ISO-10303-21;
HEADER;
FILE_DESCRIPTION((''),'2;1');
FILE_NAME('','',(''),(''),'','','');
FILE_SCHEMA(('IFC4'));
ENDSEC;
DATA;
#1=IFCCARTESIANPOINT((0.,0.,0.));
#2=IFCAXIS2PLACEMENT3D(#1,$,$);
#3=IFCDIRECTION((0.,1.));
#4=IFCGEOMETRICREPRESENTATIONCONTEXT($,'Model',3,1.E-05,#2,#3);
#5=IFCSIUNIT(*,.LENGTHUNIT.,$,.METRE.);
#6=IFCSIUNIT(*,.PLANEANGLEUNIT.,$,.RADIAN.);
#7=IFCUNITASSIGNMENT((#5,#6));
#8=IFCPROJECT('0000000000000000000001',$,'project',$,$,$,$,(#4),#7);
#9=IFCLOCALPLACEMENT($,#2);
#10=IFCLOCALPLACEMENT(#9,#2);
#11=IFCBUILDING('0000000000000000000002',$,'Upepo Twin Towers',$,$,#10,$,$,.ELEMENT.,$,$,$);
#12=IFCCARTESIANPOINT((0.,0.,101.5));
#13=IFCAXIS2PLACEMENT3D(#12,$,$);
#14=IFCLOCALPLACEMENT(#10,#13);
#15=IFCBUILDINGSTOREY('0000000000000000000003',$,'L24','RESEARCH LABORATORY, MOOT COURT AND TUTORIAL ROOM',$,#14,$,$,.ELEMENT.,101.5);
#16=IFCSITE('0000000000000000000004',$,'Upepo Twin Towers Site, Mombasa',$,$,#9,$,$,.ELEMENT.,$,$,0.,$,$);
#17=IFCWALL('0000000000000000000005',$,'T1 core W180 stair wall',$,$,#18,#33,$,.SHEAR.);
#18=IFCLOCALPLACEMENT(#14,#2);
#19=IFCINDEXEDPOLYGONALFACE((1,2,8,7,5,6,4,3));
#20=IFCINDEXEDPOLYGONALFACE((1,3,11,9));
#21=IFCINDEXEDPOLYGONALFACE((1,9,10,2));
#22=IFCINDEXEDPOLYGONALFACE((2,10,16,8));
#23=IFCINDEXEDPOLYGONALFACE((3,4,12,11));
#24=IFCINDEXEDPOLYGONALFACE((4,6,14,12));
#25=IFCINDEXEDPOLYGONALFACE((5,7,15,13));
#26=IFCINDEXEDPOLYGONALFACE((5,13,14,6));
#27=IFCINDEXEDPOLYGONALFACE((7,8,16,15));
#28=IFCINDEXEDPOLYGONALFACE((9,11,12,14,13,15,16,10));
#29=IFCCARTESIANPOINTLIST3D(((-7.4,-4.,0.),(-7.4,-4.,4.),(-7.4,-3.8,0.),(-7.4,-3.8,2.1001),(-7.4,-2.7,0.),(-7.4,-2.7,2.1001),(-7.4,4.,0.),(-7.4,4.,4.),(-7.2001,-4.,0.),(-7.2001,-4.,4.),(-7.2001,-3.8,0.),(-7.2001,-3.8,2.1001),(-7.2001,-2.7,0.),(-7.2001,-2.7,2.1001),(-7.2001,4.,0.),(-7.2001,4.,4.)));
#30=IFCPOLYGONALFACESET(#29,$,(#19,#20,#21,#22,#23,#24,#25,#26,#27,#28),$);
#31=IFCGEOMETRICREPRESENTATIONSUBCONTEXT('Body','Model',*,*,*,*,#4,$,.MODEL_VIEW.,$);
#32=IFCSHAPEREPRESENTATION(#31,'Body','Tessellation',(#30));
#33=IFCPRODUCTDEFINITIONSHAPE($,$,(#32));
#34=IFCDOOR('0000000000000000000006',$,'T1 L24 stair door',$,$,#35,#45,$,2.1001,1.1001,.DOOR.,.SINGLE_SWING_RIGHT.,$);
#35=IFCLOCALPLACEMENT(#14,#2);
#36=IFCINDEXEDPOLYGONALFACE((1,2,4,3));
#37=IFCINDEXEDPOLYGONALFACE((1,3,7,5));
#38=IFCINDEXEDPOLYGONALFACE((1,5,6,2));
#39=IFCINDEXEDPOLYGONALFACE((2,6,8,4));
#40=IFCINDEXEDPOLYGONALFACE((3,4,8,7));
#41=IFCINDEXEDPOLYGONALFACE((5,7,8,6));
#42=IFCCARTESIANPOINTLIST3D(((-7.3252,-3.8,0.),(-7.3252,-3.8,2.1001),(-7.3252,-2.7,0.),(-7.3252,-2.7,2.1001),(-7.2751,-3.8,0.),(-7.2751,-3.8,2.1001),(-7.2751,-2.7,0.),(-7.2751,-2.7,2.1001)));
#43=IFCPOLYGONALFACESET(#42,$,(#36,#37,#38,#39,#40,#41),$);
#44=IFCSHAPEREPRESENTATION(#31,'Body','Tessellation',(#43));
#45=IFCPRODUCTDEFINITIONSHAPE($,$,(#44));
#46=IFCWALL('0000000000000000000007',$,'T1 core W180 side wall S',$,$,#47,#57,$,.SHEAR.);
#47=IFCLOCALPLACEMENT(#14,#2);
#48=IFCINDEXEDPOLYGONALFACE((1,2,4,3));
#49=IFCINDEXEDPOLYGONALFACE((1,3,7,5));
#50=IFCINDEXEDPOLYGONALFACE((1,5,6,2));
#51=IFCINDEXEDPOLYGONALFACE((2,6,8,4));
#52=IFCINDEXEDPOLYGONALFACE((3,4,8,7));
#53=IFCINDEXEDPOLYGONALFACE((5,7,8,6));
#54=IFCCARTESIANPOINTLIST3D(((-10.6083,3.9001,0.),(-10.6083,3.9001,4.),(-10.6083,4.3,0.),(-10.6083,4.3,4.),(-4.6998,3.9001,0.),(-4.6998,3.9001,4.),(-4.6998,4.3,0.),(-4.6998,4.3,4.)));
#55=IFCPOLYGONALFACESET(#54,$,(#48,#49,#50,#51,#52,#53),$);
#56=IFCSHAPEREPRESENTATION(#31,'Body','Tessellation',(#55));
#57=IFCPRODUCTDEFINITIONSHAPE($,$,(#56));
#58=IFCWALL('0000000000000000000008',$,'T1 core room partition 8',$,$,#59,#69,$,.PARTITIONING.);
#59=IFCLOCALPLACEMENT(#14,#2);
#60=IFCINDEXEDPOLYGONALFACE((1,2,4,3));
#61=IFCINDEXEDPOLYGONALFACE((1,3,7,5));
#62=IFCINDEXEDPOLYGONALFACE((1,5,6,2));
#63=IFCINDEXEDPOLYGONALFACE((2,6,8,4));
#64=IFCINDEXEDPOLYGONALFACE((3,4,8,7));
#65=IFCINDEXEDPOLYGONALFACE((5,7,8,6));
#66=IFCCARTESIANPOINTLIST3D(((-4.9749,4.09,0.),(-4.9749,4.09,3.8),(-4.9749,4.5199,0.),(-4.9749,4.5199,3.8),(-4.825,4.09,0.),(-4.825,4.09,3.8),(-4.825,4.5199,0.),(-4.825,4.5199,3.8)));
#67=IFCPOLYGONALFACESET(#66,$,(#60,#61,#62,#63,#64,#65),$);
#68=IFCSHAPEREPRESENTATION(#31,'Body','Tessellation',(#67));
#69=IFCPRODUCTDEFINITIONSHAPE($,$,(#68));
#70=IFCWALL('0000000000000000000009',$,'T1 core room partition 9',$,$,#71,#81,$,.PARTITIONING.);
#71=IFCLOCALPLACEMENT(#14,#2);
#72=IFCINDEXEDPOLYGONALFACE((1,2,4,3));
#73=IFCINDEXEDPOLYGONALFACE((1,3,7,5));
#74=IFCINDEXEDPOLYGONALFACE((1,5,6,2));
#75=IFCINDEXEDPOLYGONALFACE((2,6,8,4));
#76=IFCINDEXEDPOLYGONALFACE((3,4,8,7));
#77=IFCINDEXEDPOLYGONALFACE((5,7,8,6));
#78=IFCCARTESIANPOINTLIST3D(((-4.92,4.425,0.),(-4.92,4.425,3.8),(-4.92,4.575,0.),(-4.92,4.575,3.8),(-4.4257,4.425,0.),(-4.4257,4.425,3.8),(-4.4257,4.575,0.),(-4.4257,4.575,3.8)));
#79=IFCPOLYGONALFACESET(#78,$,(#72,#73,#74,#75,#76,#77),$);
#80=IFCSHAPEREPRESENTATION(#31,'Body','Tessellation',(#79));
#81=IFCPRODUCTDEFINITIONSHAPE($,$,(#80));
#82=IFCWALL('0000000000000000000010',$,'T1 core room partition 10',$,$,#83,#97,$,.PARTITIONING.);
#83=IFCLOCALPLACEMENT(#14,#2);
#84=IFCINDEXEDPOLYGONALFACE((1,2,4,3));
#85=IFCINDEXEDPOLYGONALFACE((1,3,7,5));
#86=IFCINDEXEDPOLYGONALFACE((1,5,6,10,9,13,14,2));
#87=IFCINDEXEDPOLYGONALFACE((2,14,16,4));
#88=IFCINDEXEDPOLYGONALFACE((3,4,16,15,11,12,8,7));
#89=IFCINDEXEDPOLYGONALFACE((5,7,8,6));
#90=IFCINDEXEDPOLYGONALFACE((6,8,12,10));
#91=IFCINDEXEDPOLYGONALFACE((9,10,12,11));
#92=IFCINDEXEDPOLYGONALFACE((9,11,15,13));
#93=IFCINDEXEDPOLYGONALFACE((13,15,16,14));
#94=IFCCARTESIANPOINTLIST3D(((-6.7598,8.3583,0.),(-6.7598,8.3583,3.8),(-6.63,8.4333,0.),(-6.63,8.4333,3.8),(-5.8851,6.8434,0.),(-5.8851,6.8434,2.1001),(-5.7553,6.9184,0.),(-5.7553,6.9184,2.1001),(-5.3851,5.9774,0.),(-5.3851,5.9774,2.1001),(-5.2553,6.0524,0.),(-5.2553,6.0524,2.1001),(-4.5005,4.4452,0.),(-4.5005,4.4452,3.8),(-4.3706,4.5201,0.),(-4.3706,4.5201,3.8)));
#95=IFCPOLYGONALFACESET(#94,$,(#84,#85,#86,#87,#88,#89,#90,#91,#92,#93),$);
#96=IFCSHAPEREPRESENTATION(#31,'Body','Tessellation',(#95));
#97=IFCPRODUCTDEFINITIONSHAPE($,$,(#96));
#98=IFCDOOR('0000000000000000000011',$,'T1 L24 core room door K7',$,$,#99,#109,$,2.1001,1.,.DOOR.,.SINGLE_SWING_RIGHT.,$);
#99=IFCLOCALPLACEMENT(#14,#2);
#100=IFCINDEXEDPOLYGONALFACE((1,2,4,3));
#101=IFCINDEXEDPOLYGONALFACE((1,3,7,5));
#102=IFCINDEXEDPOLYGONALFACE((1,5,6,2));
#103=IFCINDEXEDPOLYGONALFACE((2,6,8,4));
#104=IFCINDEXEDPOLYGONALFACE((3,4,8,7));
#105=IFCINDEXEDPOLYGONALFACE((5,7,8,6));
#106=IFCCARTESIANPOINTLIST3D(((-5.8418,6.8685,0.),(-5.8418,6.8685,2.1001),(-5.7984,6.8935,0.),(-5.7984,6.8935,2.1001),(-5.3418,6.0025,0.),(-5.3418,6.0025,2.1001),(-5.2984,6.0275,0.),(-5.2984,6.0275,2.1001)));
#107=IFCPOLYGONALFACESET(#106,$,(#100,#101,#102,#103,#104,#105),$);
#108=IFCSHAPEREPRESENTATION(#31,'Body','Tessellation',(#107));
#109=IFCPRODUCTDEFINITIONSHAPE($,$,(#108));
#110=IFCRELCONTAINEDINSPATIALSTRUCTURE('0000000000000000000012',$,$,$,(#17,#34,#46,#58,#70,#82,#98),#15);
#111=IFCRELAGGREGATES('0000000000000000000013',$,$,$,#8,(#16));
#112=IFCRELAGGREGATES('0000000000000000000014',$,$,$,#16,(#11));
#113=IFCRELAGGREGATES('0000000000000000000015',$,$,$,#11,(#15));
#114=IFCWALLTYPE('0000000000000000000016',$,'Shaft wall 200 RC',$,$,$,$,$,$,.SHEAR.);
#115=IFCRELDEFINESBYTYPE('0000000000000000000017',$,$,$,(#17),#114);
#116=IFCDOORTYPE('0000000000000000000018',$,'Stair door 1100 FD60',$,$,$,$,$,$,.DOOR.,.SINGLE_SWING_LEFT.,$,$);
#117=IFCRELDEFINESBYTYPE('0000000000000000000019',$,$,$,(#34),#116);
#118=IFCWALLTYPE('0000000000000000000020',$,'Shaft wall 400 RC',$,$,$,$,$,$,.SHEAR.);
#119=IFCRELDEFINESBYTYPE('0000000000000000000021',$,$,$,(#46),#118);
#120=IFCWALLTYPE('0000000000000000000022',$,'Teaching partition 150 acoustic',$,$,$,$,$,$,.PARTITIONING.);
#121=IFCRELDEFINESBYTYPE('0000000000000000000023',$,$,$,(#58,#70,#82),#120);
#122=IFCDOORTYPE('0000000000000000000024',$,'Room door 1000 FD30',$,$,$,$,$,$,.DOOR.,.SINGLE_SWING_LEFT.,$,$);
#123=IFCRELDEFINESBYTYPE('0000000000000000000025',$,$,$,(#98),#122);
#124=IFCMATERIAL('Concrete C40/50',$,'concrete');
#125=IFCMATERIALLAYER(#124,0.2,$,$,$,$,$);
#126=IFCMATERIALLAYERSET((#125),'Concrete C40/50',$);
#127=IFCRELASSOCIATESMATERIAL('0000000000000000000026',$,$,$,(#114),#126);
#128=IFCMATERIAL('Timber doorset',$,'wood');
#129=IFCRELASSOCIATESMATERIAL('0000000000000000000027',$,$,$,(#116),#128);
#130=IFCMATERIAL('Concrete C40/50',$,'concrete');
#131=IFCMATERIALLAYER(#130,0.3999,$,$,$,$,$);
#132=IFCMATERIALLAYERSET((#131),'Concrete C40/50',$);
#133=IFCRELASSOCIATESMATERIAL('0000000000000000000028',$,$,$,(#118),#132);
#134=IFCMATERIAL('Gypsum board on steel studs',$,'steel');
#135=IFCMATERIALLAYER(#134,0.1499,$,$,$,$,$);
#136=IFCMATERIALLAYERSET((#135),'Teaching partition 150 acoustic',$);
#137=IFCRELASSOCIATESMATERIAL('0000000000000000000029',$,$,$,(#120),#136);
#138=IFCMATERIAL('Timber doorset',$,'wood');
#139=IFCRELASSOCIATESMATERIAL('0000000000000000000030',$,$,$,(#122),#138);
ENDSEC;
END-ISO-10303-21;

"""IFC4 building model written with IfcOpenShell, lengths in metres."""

from ifc_helpers import new_model, si_unit, direction, frame, frame_2d, origin, place, context, subcontext, project, spatial, rectangle, extrude, material, layer, layer_set, type_object, element, fill, save


model = new_model("IFC4")

# Units and contexts
model_context = context("Model", 3, precision=1e-05, world=origin(), true_north=direction((0.0, 1.0)))
body_context = subcontext(model_context, "Body", "Model", "MODEL_VIEW")
ifc_project = project(units=[si_unit("LENGTHUNIT", "METRE"), si_unit("PLANEANGLEUNIT", "RADIAN")], contexts=[model_context])

# Site, building, storey
site_placement = place(None, origin())
site = spatial("IfcSite", under=ifc_project, at=site_placement, Name="Upepo Twin Towers Site, Mombasa", CompositionType="ELEMENT", RefElevation=0.0)
building_placement = place(site_placement, origin())
building = spatial("IfcBuilding", under=site, at=building_placement, Name="Upepo Twin Towers", CompositionType="ELEMENT")
storey_placement = place(building_placement, frame((0.0, 0.0, 101.5)))
storey = spatial("IfcBuildingStorey", under=building, at=storey_placement, Name="L24", Description="RESEARCH LABORATORY, MOOT COURT AND TUTORIAL ROOM", CompositionType="ELEMENT", Elevation=101.5)

# Shared definitions
ifc_material_1 = material(Name="Concrete C40/50", Category="concrete")
ifc_layer_1 = layer(ifc_material_1, 0.2)
ifc_layer_set_1 = layer_set([ifc_layer_1], Name="Concrete C40/50")
wall_type_1 = type_object("IfcWallType", Name="Shaft wall 200 RC", PredefinedType="SHEAR", material=ifc_layer_set_1)

# Wall, opening, door
wall_1_placement = place(storey_placement, frame((-7.3, 4.0, 0.0), z_axis=(0.0, 0.0, 1.0), x_axis=(0.0, -1.0, 0.0)))
wall_1 = element("IfcWall", 1, at=wall_1_placement, inside=storey, type_object=wall_type_1, Name="T1 core W180 stair wall", PredefinedType="SHEAR", context=body_context, shape_type="SweptSolid", body=[
    extrude(rectangle(XDim=8.0, YDim=0.2, at=frame_2d((4.0, 0.0))), origin(), (0.0, 0.0, 1.0), 4.0),
])
opening_1_placement = place(wall_1_placement, frame((6.7, 0.0, 0.0)))
opening_1 = element("IfcOpeningElement", 2, at=opening_1_placement, cuts=wall_1, PredefinedType="OPENING", context=body_context, shape_type="SweptSolid", body=[
    extrude(rectangle(XDim=1.1001, YDim=2.1001, at=frame_2d((0.55, 1.05))), frame((0.0, 0.1099, 0.0), z_axis=(0.0, -1.0, 0.0), x_axis=(1.0, 0.0, 0.0)), (0.0, 0.0, 1.0), 0.22),
])
ifc_material_2 = material(Name="Timber doorset", Category="wood")
door_type_1 = type_object("IfcDoorType", Name="Stair door 1100 FD60", OperationType="SINGLE_SWING_LEFT", PredefinedType="DOOR", material=ifc_material_2)
door_1_placement = place(opening_1_placement, origin())
door_1 = element("IfcDoor", 3, at=door_1_placement, inside=storey, type_object=door_type_1, Name="T1 L24 stair door", OperationType="SINGLE_SWING_RIGHT", OverallHeight=2.1001, OverallWidth=1.1001, PredefinedType="DOOR", context=body_context, shape_type="SweptSolid", body=[
    extrude(rectangle(XDim=1.1001, YDim=2.1001, at=frame_2d((0.55, 1.05))), frame((0.0, 0.0249, 0.0), z_axis=(0.0, -1.0, 0.0), x_axis=(1.0, 0.0, 0.0)), (0.0, 0.0, 1.0), 0.05),
])
fill(opening_1, door_1)

# Walls
ifc_material_3 = material(Name="Concrete C40/50", Category="concrete")
ifc_layer_2 = layer(ifc_material_3, 0.3999)
ifc_layer_set_2 = layer_set([ifc_layer_2], Name="Concrete C40/50")
wall_type_2 = type_object("IfcWallType", Name="Shaft wall 400 RC", PredefinedType="SHEAR", material=ifc_layer_set_2)
wall_2_placement = place(storey_placement, frame((-4.7, 4.1001, 0.0), z_axis=(0.0, 0.0, 1.0), x_axis=(-1.0, 0.0, 0.0)))
element("IfcWall", 4, at=wall_2_placement, inside=storey, type_object=wall_type_2, Name="T1 core W180 side wall S", PredefinedType="SHEAR", context=body_context, shape_type="SweptSolid", body=[
    extrude(rectangle(XDim=5.9084, YDim=0.3999, at=frame_2d((2.9541, 0.0))), origin(), (0.0, 0.0, 1.0), 4.0),
])
ifc_material_4 = material(Name="Gypsum board on steel studs", Category="steel")
ifc_layer_3 = layer(ifc_material_4, 0.1499)
ifc_layer_set_3 = layer_set([ifc_layer_3], Name="Teaching partition 150 acoustic")
wall_type_3 = type_object("IfcWallType", Name="Teaching partition 150 acoustic", PredefinedType="PARTITIONING", material=ifc_layer_set_3)
wall_3_placement = place(storey_placement, frame((-4.8999, 4.0901, 0.0), z_axis=(0.0, 0.0, 1.0), x_axis=(0.0, 1.0, 0.0)))
element("IfcWall", 5, at=wall_3_placement, inside=storey, type_object=wall_type_3, Name="T1 core room partition 8", PredefinedType="PARTITIONING", context=body_context, shape_type="SweptSolid", body=[
    extrude(rectangle(XDim=0.4299, YDim=0.1499, at=frame_2d((0.2148, 0.0))), origin(), (0.0, 0.0, 1.0), 3.8),
])
wall_4_placement = place(storey_placement, frame((-4.9199, 4.5, 0.0), z_axis=(0.0, 0.0, 1.0), x_axis=(1.0, 0.0, 0.0)))
element("IfcWall", 6, at=wall_4_placement, inside=storey, type_object=wall_type_3, Name="T1 core room partition 9", PredefinedType="PARTITIONING", context=body_context, shape_type="SweptSolid", body=[
    extrude(rectangle(XDim=0.4944, YDim=0.1499, at=frame_2d((0.2471, 0.0))), origin(), (0.0, 0.0, 1.0), 3.8),
])

# Wall, opening, door
wall_5_placement = place(storey_placement, frame((-4.4355, 4.4827, 0.0), z_axis=(0.0, 0.0, 1.0), x_axis=(-0.500009, 0.86602, 0.0)))
wall_5 = element("IfcWall", 7, at=wall_5_placement, inside=storey, type_object=wall_type_3, Name="T1 core room partition 10", PredefinedType="PARTITIONING", context=body_context, shape_type="SweptSolid", body=[
    extrude(rectangle(XDim=4.5186, YDim=0.1499, at=frame_2d((2.2593, 0.0))), origin(), (0.0, 0.0, 1.0), 3.8),
])
opening_2_placement = place(wall_5_placement, frame((1.7693, 0.0, 0.0)))
opening_2 = element("IfcOpeningElement", 8, at=opening_2_placement, cuts=wall_5, PredefinedType="OPENING", context=body_context, shape_type="SweptSolid", body=[
    extrude(rectangle(XDim=1.0, YDim=2.1001, at=frame_2d((0.5, 1.05))), frame((0.0, 0.085, 0.0), z_axis=(0.0, -1.0, 0.0), x_axis=(1.0, 0.0, 0.0)), (0.0, 0.0, 1.0), 0.1699),
])
ifc_material_5 = material(Name="Timber doorset", Category="wood")
door_type_2 = type_object("IfcDoorType", Name="Room door 1000 FD30", OperationType="SINGLE_SWING_LEFT", PredefinedType="DOOR", material=ifc_material_5)
door_2_placement = place(opening_2_placement, origin())
door_2 = element("IfcDoor", 9, at=door_2_placement, inside=storey, type_object=door_type_2, Name="T1 L24 core room door K7", OperationType="SINGLE_SWING_RIGHT", OverallHeight=2.1001, OverallWidth=1.0, PredefinedType="DOOR", context=body_context, shape_type="SweptSolid", body=[
    extrude(rectangle(XDim=1.0, YDim=2.1001, at=frame_2d((0.5, 1.05))), frame((0.0, 0.0249, 0.0), z_axis=(0.0, -1.0, 0.0), x_axis=(1.0, 0.0, 0.0)), (0.0, 0.0, 1.0), 0.05),
])
fill(opening_2, door_2)

save(model, "model.ifc")
